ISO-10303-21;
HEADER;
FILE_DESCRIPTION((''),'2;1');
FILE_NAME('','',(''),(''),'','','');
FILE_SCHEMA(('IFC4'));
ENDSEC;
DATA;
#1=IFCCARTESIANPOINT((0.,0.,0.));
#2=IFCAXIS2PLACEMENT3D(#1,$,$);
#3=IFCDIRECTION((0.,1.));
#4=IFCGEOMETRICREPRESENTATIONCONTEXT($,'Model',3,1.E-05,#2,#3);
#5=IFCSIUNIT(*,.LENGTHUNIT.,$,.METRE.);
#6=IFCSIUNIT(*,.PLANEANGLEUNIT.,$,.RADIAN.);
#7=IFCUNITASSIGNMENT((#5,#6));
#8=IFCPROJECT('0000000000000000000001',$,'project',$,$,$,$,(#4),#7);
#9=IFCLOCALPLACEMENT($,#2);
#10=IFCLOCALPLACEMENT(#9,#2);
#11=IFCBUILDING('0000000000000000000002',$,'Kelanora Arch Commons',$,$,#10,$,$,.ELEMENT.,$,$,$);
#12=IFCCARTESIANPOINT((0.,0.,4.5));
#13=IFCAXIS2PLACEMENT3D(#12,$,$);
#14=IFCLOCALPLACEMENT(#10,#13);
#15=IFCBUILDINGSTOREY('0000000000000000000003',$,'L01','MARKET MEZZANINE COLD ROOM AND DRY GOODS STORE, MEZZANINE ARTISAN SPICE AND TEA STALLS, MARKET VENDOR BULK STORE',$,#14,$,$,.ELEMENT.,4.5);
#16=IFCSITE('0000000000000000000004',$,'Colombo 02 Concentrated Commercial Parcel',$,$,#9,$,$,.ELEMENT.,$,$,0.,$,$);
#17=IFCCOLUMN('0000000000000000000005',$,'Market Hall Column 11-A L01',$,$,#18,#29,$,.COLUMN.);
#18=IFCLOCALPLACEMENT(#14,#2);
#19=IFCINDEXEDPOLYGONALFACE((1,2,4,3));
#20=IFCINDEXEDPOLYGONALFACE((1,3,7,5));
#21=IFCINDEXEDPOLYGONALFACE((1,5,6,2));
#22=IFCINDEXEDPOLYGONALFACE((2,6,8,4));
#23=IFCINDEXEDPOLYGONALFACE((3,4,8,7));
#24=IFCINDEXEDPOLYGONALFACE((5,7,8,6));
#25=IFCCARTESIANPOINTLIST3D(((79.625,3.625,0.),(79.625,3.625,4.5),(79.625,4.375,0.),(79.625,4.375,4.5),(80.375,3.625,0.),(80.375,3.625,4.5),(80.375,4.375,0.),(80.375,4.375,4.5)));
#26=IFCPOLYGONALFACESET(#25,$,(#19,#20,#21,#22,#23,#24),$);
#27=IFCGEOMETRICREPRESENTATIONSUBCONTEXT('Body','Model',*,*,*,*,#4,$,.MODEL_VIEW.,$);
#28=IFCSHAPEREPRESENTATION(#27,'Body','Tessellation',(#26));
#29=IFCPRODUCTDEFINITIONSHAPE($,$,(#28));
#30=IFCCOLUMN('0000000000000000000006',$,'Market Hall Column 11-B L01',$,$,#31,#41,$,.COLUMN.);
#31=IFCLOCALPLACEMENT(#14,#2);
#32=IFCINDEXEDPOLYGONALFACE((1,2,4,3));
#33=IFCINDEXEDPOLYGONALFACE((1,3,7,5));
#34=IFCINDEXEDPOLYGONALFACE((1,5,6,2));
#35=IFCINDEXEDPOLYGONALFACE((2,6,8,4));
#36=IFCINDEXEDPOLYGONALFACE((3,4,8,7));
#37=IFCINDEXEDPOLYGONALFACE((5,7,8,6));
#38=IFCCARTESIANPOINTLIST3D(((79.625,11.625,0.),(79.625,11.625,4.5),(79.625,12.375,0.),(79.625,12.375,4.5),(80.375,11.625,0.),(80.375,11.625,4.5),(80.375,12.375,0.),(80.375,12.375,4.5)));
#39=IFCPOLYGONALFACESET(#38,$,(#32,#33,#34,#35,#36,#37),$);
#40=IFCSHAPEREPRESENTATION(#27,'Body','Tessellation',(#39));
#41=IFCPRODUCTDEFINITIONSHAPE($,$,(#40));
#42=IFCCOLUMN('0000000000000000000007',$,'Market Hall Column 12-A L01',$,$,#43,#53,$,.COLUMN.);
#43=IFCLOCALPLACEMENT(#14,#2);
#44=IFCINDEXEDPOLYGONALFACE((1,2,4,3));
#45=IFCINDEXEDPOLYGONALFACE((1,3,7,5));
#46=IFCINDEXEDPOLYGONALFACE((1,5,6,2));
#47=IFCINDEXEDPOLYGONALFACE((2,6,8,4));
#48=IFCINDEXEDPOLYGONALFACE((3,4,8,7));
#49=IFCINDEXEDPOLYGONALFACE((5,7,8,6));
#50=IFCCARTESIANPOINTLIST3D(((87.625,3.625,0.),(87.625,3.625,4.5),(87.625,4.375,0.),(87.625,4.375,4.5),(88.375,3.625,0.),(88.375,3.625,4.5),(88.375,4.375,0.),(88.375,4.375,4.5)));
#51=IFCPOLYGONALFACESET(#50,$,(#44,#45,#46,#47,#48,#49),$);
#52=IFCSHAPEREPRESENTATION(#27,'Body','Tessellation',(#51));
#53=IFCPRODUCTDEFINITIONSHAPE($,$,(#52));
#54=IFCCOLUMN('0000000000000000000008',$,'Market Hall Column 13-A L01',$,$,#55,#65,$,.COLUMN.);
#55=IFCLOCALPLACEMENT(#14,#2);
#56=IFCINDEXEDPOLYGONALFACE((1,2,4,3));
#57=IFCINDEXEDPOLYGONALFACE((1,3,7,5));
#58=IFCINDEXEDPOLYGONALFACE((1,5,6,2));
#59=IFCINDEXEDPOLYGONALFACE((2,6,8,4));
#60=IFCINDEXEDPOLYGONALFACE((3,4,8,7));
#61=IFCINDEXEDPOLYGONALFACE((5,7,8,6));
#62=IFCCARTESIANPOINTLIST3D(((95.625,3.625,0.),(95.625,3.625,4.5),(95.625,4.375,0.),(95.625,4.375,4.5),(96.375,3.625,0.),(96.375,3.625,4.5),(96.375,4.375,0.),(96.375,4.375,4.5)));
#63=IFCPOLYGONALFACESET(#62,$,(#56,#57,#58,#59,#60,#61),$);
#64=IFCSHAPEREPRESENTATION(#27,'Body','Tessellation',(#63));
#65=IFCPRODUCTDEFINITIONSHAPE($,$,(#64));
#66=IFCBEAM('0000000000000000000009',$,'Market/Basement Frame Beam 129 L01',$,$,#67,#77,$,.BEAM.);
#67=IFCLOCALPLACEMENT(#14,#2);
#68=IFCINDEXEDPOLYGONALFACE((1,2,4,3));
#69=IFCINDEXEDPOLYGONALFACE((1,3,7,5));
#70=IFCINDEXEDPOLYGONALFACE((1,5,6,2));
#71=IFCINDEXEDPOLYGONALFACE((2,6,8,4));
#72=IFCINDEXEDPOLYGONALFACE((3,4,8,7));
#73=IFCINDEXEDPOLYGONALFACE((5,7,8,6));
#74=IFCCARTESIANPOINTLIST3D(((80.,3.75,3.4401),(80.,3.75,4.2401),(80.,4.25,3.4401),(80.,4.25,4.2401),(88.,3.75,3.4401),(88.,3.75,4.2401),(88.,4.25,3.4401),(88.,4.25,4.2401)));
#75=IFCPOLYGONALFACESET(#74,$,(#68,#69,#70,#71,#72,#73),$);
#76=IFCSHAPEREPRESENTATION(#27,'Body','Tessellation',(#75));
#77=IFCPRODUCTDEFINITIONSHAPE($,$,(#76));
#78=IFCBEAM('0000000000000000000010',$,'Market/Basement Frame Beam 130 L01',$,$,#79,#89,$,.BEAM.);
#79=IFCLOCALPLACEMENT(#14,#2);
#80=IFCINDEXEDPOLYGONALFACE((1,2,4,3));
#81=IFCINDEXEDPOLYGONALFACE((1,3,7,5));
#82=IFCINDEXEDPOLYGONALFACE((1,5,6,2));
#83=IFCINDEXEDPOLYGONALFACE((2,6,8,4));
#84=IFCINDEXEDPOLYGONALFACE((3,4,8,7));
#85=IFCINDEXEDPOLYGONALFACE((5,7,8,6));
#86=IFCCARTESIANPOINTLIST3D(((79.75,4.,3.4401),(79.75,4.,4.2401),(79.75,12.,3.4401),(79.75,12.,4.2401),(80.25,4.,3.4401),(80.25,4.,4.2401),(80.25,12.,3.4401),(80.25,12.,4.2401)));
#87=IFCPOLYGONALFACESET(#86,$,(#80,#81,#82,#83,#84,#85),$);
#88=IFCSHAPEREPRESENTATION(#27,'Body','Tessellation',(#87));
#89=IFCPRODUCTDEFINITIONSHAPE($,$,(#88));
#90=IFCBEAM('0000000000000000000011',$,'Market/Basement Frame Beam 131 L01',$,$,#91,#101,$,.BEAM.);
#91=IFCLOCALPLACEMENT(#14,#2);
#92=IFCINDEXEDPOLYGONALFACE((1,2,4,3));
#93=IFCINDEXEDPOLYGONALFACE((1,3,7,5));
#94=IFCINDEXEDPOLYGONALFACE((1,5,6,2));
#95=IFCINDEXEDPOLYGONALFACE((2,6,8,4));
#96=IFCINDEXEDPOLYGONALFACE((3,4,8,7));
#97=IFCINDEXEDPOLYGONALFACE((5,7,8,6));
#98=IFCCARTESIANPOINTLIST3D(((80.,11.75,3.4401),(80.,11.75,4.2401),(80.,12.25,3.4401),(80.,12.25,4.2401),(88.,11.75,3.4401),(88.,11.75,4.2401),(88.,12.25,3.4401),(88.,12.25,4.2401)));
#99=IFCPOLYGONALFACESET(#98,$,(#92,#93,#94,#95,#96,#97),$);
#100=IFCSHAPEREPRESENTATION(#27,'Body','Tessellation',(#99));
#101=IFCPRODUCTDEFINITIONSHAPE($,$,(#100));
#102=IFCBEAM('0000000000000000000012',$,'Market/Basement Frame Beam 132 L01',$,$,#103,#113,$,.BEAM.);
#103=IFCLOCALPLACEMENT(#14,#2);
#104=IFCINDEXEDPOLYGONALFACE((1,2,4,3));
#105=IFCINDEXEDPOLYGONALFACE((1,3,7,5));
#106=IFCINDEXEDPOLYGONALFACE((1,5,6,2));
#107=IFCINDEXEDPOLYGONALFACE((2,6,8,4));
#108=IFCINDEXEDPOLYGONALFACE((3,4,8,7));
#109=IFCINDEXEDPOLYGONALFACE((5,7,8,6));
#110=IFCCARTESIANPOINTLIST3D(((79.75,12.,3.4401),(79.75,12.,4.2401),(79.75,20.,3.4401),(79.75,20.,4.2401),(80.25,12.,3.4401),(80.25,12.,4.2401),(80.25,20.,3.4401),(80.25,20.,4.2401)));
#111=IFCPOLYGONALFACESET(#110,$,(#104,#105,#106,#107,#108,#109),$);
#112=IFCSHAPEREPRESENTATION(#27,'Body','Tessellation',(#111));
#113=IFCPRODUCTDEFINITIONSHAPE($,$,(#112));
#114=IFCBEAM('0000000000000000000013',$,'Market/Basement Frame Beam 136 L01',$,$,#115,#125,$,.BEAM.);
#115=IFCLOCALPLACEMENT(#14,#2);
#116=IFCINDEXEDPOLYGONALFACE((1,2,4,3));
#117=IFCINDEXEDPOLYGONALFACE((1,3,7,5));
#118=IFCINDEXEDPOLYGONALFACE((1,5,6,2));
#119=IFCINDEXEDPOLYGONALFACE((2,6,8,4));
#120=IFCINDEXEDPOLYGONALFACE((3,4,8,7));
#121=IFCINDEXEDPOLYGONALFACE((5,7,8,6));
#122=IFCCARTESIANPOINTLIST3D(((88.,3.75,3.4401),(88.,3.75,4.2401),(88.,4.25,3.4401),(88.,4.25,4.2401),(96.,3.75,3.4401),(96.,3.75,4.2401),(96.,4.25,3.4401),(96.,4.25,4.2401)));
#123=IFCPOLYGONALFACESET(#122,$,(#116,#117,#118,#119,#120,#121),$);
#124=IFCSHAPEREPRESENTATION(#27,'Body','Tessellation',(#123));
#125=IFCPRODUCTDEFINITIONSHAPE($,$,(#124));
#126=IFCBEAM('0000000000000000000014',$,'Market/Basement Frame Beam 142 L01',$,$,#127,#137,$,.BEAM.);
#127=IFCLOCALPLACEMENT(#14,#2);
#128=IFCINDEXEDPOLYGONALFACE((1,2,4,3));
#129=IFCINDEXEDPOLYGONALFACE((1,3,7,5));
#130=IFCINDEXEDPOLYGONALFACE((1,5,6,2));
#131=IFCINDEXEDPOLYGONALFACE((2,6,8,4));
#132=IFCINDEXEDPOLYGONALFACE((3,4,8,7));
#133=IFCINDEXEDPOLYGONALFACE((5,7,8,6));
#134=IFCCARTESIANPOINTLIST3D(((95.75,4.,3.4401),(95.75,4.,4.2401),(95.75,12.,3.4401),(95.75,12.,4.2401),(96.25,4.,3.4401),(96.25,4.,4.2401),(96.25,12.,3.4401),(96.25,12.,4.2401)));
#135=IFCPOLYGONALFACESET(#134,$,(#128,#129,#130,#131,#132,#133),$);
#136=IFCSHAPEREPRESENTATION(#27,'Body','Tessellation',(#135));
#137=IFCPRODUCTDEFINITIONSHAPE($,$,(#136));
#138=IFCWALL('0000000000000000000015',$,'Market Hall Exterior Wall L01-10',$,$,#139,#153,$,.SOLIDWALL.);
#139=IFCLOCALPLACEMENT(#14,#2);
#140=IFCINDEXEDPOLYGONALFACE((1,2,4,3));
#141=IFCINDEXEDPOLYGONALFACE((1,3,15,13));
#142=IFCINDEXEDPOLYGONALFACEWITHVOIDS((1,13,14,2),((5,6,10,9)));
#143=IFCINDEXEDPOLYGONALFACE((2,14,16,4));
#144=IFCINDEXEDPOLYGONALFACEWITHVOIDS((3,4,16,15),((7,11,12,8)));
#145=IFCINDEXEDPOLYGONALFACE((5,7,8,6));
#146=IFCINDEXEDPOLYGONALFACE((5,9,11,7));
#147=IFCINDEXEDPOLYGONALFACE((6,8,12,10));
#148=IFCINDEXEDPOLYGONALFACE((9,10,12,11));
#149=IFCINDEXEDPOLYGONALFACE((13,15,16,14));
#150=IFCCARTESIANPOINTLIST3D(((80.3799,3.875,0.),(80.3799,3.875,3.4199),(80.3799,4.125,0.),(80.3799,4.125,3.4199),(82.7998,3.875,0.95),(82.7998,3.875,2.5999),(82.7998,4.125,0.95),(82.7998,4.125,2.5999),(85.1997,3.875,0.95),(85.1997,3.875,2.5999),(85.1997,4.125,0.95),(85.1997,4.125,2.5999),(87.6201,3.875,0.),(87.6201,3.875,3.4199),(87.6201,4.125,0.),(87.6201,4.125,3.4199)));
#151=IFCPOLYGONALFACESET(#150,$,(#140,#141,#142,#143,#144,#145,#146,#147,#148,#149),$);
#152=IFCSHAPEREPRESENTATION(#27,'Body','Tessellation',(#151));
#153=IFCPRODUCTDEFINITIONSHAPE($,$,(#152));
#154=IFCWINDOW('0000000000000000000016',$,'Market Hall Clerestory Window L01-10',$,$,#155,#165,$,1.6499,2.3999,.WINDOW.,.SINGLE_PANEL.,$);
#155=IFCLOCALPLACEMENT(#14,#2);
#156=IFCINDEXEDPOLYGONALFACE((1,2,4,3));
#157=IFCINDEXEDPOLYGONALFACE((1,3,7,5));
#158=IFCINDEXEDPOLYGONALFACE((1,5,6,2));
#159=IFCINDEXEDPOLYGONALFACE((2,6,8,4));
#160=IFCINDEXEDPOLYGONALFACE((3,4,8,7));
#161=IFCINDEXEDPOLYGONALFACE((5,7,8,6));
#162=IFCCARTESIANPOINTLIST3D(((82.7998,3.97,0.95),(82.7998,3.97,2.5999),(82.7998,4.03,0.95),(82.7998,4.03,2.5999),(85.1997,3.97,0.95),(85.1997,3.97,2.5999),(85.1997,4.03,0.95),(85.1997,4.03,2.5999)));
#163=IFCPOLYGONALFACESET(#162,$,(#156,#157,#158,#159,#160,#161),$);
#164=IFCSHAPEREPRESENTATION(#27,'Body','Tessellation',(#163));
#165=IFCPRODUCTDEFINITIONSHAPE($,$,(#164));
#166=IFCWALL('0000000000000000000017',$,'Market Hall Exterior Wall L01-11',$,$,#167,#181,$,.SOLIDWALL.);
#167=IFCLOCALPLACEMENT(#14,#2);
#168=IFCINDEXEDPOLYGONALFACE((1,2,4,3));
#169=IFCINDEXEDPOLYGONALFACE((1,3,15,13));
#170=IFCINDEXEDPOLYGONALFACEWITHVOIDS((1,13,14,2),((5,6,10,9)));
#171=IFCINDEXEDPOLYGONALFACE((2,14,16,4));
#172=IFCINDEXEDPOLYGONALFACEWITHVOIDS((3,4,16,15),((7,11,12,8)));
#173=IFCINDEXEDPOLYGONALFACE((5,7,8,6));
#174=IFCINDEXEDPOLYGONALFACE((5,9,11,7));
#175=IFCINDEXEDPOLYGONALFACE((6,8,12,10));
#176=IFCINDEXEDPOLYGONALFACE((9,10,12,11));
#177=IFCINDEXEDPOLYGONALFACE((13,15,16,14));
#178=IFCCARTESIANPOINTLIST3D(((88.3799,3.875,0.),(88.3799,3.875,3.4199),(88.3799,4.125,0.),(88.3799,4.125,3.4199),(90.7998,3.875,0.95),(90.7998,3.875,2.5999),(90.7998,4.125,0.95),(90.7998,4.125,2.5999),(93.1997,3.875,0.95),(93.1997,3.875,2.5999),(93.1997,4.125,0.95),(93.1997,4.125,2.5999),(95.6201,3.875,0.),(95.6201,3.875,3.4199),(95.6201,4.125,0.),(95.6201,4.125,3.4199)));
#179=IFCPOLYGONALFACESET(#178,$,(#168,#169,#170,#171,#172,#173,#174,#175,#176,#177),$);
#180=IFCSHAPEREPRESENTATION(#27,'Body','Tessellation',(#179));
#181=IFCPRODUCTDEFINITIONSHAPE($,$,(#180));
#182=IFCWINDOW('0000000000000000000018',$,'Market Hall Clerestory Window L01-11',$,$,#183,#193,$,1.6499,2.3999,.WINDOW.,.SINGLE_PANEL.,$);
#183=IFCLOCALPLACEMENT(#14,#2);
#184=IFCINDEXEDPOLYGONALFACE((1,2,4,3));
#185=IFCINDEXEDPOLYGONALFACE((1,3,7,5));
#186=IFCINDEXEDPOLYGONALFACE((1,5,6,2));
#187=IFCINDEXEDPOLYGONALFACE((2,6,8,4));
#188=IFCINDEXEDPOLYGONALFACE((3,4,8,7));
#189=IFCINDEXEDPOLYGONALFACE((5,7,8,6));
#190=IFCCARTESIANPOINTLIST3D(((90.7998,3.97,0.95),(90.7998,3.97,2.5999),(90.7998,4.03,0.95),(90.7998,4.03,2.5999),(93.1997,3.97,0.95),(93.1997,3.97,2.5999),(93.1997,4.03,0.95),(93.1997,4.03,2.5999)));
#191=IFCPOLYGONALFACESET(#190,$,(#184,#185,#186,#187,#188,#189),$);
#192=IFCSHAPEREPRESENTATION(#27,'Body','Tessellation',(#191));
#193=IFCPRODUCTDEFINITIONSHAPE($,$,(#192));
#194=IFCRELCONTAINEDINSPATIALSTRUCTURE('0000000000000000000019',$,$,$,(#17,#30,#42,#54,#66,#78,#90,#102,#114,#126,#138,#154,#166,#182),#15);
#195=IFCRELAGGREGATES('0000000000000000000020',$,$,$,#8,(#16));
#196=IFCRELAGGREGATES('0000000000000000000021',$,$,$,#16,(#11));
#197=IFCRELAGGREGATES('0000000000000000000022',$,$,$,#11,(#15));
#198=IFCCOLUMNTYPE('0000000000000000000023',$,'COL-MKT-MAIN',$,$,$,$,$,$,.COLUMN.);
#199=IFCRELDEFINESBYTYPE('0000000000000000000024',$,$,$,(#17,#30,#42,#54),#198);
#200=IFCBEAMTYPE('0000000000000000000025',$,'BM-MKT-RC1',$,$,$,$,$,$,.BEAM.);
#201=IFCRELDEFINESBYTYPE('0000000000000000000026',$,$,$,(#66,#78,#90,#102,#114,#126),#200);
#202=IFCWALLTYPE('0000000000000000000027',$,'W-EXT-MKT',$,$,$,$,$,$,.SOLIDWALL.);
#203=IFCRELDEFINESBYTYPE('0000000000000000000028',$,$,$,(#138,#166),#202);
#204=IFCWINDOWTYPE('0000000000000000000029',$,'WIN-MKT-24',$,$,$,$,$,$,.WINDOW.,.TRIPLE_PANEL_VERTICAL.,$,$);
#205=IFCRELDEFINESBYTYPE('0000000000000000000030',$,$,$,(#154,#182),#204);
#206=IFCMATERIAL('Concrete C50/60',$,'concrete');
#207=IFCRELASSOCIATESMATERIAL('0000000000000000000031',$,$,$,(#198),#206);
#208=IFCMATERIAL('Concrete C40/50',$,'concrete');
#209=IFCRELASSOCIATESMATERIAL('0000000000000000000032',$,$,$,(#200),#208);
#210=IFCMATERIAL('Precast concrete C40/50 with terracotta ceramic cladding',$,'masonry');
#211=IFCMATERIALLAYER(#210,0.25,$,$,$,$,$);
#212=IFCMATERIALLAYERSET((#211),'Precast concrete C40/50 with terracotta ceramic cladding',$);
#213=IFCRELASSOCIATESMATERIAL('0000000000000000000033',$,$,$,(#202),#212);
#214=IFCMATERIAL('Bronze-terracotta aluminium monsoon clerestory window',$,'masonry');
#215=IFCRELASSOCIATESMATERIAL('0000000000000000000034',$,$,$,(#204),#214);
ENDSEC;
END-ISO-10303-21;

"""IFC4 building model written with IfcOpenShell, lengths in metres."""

from ifc_helpers import new_model, si_unit, direction, frame, frame_2d, origin, origin_2d, place, context, subcontext, project, spatial, rectangle, extrude, material, layer, layer_set, material_profile, profile_set, type_object, element, fill, save


model = new_model("IFC4")

# Units and contexts
model_context = context("Model", 3, precision=1e-05, world=origin(), true_north=direction((0.0, 1.0)))
body_context = subcontext(model_context, "Body", "Model", "MODEL_VIEW")
ifc_project = project(units=[si_unit("LENGTHUNIT", "METRE"), si_unit("PLANEANGLEUNIT", "RADIAN")], contexts=[model_context])

# Site, building, storey
site_placement = place(None, origin())
site = spatial("IfcSite", under=ifc_project, at=site_placement, Name="Colombo 02 Concentrated Commercial Parcel", CompositionType="ELEMENT", RefElevation=0.0)
building_placement = place(site_placement, origin())
building = spatial("IfcBuilding", under=site, at=building_placement, Name="Kelanora Arch Commons", CompositionType="ELEMENT")
storey_placement = place(building_placement, frame((0.0, 0.0, 4.5)))
storey = spatial("IfcBuildingStorey", under=building, at=storey_placement, Name="L01", Description="MARKET MEZZANINE COLD ROOM AND DRY GOODS STORE, MEZZANINE ARTISAN SPICE AND TEA STALLS, MARKET VENDOR BULK STORE", CompositionType="ELEMENT", Elevation=4.5)

# Columns
ifc_material_1 = material(Name="Concrete C50/60", Category="concrete")
ifc_material_profile_1 = material_profile(ifc_material_1, rectangle(XDim=0.75, YDim=0.75, at=origin_2d()), Name="RC750x750")
ifc_profile_set_1 = profile_set([ifc_material_profile_1], Name="Concrete C50/60")
column_type = type_object("IfcColumnType", Name="COL-MKT-MAIN", PredefinedType="COLUMN", material=ifc_profile_set_1)
for number, where, z_axis, x_axis, name in (
    (1, (80.0, 4.0, 0.0), (0.0, 0.0, 1.0), (1.0, 0.0, 0.0), "Market Hall Column 11-A L01"),
    (2, (80.0, 12.0, 0.0), (0.0, 0.0, 1.0), (1.0, 0.0, 0.0), "Market Hall Column 11-B L01"),
    (3, (88.0, 4.0, 0.0), (0.0, 0.0, 1.0), (1.0, 0.0, 0.0), "Market Hall Column 12-A L01"),
    (4, (96.0, 4.0, 0.0), (0.0, 0.0, 1.0), (1.0, 0.0, 0.0), "Market Hall Column 13-A L01"),
):
    element("IfcColumn", number, at=place(storey_placement, frame(where, z_axis=z_axis, x_axis=x_axis)), inside=storey, type_object=column_type, Name=name, PredefinedType="COLUMN", context=body_context, shape_type="SweptSolid", body=[
        extrude(rectangle(XDim=0.75, YDim=0.75, at=origin_2d()), origin(), (0.0, 0.0, 1.0), 4.5),
    ])

# Beams
ifc_material_2 = material(Name="Concrete C40/50", Category="concrete")
ifc_material_profile_2 = material_profile(ifc_material_2, rectangle(XDim=0.5, YDim=0.8, at=origin_2d()), Name="RCB500x800")
ifc_profile_set_2 = profile_set([ifc_material_profile_2], Name="Concrete C40/50")
beam_type = type_object("IfcBeamType", Name="BM-MKT-RC1", PredefinedType="BEAM", material=ifc_profile_set_2)
for number, where, z_axis, x_axis, name in (
    (5, (80.0, 4.0, 3.8401), (1.0, 0.0, 0.0), (0.0, 1.0, 0.0), "Market/Basement Frame Beam 129 L01"),
    (6, (80.0, 4.0, 3.8401), (0.0, 1.0, 0.0), (-1.0, 0.0, 0.0), "Market/Basement Frame Beam 130 L01"),
    (7, (80.0, 12.0, 3.8401), (1.0, 0.0, 0.0), (0.0, 1.0, 0.0), "Market/Basement Frame Beam 131 L01"),
    (8, (80.0, 12.0, 3.8401), (0.0, 1.0, 0.0), (-1.0, 0.0, 0.0), "Market/Basement Frame Beam 132 L01"),
    (9, (88.0, 4.0, 3.8401), (1.0, 0.0, 0.0), (0.0, 1.0, 0.0), "Market/Basement Frame Beam 136 L01"),
    (10, (96.0, 4.0, 3.8401), (0.0, 1.0, 0.0), (-1.0, 0.0, 0.0), "Market/Basement Frame Beam 142 L01"),
):
    element("IfcBeam", number, at=place(storey_placement, frame(where, z_axis=z_axis, x_axis=x_axis)), inside=storey, type_object=beam_type, Name=name, PredefinedType="BEAM", context=body_context, shape_type="SweptSolid", body=[
        extrude(rectangle(XDim=0.5, YDim=0.8, at=origin_2d()), origin(), (0.0, 0.0, 1.0), 8.0),
    ])

# Walls, openings, windows
ifc_material_3 = material(Name="Precast concrete C40/50 with terracotta ceramic cladding", Category="masonry")
ifc_layer_1 = layer(ifc_material_3, 0.25)
ifc_layer_set_1 = layer_set([ifc_layer_1], Name="Precast concrete C40/50 with terracotta ceramic cladding")
wall_type_1 = type_object("IfcWallType", Name="W-EXT-MKT", PredefinedType="SOLIDWALL", material=ifc_layer_set_1)
wall_1_placement = place(storey_placement, frame((80.3799, 4.0, 0.0), z_axis=(0.0, 0.0, 1.0), x_axis=(1.0, 0.0, 0.0)))
wall_1 = element("IfcWall", 11, at=wall_1_placement, inside=storey, type_object=wall_type_1, Name="Market Hall Exterior Wall L01-10", PredefinedType="SOLIDWALL", context=body_context, shape_type="SweptSolid", body=[
    extrude(rectangle(XDim=7.2402, YDim=0.25, at=frame_2d((3.6201, 0.0))), origin(), (0.0, 0.0, 1.0), 3.4199),
])
opening_1_placement = place(wall_1_placement, frame((2.4199, 0.0, 0.95)))
opening_1 = element("IfcOpeningElement", 12, at=opening_1_placement, cuts=wall_1, PredefinedType="OPENING", context=body_context, shape_type="SweptSolid", body=[
    extrude(rectangle(XDim=2.3999, YDim=1.6499, at=frame_2d((1.2, 0.825))), frame((0.0, 0.135, 0.0), z_axis=(0.0, -1.0, 0.0), x_axis=(1.0, 0.0, 0.0)), (0.0, 0.0, 1.0), 0.27),
])
ifc_material_4 = material(Name="Bronze-terracotta aluminium monsoon clerestory window", Category="masonry")
window_type = type_object("IfcWindowType", Name="WIN-MKT-24", PartitioningType="TRIPLE_PANEL_VERTICAL", PredefinedType="WINDOW", material=ifc_material_4)
window_1_placement = place(opening_1_placement, origin())
window_1 = element("IfcWindow", 13, at=window_1_placement, inside=storey, type_object=window_type, Name="Market Hall Clerestory Window L01-10", OverallHeight=1.6499, OverallWidth=2.3999, PartitioningType="SINGLE_PANEL", PredefinedType="WINDOW", context=body_context, shape_type="SweptSolid", body=[
    extrude(rectangle(XDim=2.3999, YDim=1.6499, at=frame_2d((1.2, 0.825))), frame((0.0, 0.03, 0.0), z_axis=(0.0, -1.0, 0.0), x_axis=(1.0, 0.0, 0.0)), (0.0, 0.0, 1.0), 0.0601),
])
fill(opening_1, window_1)
wall_2_placement = place(storey_placement, frame((88.3799, 4.0, 0.0), z_axis=(0.0, 0.0, 1.0), x_axis=(1.0, 0.0, 0.0)))
wall_2 = element("IfcWall", 14, at=wall_2_placement, inside=storey, type_object=wall_type_1, Name="Market Hall Exterior Wall L01-11", PredefinedType="SOLIDWALL", context=body_context, shape_type="SweptSolid", body=[
    extrude(rectangle(XDim=7.2402, YDim=0.25, at=frame_2d((3.6201, 0.0))), origin(), (0.0, 0.0, 1.0), 3.4199),
])
opening_2_placement = place(wall_2_placement, frame((2.4199, 0.0, 0.95)))
opening_2 = element("IfcOpeningElement", 15, at=opening_2_placement, cuts=wall_2, PredefinedType="OPENING", context=body_context, shape_type="SweptSolid", body=[
    extrude(rectangle(XDim=2.3999, YDim=1.6499, at=frame_2d((1.2, 0.825))), frame((0.0, 0.135, 0.0), z_axis=(0.0, -1.0, 0.0), x_axis=(1.0, 0.0, 0.0)), (0.0, 0.0, 1.0), 0.27),
])
window_2_placement = place(opening_2_placement, origin())
window_2 = element("IfcWindow", 16, at=window_2_placement, inside=storey, type_object=window_type, Name="Market Hall Clerestory Window L01-11", OverallHeight=1.6499, OverallWidth=2.3999, PartitioningType="SINGLE_PANEL", PredefinedType="WINDOW", context=body_context, shape_type="SweptSolid", body=[
    extrude(rectangle(XDim=2.3999, YDim=1.6499, at=frame_2d((1.2, 0.825))), frame((0.0, 0.03, 0.0), z_axis=(0.0, -1.0, 0.0), x_axis=(1.0, 0.0, 0.0)), (0.0, 0.0, 1.0), 0.0601),
])
fill(opening_2, window_2)

save(model, "model.ifc")
